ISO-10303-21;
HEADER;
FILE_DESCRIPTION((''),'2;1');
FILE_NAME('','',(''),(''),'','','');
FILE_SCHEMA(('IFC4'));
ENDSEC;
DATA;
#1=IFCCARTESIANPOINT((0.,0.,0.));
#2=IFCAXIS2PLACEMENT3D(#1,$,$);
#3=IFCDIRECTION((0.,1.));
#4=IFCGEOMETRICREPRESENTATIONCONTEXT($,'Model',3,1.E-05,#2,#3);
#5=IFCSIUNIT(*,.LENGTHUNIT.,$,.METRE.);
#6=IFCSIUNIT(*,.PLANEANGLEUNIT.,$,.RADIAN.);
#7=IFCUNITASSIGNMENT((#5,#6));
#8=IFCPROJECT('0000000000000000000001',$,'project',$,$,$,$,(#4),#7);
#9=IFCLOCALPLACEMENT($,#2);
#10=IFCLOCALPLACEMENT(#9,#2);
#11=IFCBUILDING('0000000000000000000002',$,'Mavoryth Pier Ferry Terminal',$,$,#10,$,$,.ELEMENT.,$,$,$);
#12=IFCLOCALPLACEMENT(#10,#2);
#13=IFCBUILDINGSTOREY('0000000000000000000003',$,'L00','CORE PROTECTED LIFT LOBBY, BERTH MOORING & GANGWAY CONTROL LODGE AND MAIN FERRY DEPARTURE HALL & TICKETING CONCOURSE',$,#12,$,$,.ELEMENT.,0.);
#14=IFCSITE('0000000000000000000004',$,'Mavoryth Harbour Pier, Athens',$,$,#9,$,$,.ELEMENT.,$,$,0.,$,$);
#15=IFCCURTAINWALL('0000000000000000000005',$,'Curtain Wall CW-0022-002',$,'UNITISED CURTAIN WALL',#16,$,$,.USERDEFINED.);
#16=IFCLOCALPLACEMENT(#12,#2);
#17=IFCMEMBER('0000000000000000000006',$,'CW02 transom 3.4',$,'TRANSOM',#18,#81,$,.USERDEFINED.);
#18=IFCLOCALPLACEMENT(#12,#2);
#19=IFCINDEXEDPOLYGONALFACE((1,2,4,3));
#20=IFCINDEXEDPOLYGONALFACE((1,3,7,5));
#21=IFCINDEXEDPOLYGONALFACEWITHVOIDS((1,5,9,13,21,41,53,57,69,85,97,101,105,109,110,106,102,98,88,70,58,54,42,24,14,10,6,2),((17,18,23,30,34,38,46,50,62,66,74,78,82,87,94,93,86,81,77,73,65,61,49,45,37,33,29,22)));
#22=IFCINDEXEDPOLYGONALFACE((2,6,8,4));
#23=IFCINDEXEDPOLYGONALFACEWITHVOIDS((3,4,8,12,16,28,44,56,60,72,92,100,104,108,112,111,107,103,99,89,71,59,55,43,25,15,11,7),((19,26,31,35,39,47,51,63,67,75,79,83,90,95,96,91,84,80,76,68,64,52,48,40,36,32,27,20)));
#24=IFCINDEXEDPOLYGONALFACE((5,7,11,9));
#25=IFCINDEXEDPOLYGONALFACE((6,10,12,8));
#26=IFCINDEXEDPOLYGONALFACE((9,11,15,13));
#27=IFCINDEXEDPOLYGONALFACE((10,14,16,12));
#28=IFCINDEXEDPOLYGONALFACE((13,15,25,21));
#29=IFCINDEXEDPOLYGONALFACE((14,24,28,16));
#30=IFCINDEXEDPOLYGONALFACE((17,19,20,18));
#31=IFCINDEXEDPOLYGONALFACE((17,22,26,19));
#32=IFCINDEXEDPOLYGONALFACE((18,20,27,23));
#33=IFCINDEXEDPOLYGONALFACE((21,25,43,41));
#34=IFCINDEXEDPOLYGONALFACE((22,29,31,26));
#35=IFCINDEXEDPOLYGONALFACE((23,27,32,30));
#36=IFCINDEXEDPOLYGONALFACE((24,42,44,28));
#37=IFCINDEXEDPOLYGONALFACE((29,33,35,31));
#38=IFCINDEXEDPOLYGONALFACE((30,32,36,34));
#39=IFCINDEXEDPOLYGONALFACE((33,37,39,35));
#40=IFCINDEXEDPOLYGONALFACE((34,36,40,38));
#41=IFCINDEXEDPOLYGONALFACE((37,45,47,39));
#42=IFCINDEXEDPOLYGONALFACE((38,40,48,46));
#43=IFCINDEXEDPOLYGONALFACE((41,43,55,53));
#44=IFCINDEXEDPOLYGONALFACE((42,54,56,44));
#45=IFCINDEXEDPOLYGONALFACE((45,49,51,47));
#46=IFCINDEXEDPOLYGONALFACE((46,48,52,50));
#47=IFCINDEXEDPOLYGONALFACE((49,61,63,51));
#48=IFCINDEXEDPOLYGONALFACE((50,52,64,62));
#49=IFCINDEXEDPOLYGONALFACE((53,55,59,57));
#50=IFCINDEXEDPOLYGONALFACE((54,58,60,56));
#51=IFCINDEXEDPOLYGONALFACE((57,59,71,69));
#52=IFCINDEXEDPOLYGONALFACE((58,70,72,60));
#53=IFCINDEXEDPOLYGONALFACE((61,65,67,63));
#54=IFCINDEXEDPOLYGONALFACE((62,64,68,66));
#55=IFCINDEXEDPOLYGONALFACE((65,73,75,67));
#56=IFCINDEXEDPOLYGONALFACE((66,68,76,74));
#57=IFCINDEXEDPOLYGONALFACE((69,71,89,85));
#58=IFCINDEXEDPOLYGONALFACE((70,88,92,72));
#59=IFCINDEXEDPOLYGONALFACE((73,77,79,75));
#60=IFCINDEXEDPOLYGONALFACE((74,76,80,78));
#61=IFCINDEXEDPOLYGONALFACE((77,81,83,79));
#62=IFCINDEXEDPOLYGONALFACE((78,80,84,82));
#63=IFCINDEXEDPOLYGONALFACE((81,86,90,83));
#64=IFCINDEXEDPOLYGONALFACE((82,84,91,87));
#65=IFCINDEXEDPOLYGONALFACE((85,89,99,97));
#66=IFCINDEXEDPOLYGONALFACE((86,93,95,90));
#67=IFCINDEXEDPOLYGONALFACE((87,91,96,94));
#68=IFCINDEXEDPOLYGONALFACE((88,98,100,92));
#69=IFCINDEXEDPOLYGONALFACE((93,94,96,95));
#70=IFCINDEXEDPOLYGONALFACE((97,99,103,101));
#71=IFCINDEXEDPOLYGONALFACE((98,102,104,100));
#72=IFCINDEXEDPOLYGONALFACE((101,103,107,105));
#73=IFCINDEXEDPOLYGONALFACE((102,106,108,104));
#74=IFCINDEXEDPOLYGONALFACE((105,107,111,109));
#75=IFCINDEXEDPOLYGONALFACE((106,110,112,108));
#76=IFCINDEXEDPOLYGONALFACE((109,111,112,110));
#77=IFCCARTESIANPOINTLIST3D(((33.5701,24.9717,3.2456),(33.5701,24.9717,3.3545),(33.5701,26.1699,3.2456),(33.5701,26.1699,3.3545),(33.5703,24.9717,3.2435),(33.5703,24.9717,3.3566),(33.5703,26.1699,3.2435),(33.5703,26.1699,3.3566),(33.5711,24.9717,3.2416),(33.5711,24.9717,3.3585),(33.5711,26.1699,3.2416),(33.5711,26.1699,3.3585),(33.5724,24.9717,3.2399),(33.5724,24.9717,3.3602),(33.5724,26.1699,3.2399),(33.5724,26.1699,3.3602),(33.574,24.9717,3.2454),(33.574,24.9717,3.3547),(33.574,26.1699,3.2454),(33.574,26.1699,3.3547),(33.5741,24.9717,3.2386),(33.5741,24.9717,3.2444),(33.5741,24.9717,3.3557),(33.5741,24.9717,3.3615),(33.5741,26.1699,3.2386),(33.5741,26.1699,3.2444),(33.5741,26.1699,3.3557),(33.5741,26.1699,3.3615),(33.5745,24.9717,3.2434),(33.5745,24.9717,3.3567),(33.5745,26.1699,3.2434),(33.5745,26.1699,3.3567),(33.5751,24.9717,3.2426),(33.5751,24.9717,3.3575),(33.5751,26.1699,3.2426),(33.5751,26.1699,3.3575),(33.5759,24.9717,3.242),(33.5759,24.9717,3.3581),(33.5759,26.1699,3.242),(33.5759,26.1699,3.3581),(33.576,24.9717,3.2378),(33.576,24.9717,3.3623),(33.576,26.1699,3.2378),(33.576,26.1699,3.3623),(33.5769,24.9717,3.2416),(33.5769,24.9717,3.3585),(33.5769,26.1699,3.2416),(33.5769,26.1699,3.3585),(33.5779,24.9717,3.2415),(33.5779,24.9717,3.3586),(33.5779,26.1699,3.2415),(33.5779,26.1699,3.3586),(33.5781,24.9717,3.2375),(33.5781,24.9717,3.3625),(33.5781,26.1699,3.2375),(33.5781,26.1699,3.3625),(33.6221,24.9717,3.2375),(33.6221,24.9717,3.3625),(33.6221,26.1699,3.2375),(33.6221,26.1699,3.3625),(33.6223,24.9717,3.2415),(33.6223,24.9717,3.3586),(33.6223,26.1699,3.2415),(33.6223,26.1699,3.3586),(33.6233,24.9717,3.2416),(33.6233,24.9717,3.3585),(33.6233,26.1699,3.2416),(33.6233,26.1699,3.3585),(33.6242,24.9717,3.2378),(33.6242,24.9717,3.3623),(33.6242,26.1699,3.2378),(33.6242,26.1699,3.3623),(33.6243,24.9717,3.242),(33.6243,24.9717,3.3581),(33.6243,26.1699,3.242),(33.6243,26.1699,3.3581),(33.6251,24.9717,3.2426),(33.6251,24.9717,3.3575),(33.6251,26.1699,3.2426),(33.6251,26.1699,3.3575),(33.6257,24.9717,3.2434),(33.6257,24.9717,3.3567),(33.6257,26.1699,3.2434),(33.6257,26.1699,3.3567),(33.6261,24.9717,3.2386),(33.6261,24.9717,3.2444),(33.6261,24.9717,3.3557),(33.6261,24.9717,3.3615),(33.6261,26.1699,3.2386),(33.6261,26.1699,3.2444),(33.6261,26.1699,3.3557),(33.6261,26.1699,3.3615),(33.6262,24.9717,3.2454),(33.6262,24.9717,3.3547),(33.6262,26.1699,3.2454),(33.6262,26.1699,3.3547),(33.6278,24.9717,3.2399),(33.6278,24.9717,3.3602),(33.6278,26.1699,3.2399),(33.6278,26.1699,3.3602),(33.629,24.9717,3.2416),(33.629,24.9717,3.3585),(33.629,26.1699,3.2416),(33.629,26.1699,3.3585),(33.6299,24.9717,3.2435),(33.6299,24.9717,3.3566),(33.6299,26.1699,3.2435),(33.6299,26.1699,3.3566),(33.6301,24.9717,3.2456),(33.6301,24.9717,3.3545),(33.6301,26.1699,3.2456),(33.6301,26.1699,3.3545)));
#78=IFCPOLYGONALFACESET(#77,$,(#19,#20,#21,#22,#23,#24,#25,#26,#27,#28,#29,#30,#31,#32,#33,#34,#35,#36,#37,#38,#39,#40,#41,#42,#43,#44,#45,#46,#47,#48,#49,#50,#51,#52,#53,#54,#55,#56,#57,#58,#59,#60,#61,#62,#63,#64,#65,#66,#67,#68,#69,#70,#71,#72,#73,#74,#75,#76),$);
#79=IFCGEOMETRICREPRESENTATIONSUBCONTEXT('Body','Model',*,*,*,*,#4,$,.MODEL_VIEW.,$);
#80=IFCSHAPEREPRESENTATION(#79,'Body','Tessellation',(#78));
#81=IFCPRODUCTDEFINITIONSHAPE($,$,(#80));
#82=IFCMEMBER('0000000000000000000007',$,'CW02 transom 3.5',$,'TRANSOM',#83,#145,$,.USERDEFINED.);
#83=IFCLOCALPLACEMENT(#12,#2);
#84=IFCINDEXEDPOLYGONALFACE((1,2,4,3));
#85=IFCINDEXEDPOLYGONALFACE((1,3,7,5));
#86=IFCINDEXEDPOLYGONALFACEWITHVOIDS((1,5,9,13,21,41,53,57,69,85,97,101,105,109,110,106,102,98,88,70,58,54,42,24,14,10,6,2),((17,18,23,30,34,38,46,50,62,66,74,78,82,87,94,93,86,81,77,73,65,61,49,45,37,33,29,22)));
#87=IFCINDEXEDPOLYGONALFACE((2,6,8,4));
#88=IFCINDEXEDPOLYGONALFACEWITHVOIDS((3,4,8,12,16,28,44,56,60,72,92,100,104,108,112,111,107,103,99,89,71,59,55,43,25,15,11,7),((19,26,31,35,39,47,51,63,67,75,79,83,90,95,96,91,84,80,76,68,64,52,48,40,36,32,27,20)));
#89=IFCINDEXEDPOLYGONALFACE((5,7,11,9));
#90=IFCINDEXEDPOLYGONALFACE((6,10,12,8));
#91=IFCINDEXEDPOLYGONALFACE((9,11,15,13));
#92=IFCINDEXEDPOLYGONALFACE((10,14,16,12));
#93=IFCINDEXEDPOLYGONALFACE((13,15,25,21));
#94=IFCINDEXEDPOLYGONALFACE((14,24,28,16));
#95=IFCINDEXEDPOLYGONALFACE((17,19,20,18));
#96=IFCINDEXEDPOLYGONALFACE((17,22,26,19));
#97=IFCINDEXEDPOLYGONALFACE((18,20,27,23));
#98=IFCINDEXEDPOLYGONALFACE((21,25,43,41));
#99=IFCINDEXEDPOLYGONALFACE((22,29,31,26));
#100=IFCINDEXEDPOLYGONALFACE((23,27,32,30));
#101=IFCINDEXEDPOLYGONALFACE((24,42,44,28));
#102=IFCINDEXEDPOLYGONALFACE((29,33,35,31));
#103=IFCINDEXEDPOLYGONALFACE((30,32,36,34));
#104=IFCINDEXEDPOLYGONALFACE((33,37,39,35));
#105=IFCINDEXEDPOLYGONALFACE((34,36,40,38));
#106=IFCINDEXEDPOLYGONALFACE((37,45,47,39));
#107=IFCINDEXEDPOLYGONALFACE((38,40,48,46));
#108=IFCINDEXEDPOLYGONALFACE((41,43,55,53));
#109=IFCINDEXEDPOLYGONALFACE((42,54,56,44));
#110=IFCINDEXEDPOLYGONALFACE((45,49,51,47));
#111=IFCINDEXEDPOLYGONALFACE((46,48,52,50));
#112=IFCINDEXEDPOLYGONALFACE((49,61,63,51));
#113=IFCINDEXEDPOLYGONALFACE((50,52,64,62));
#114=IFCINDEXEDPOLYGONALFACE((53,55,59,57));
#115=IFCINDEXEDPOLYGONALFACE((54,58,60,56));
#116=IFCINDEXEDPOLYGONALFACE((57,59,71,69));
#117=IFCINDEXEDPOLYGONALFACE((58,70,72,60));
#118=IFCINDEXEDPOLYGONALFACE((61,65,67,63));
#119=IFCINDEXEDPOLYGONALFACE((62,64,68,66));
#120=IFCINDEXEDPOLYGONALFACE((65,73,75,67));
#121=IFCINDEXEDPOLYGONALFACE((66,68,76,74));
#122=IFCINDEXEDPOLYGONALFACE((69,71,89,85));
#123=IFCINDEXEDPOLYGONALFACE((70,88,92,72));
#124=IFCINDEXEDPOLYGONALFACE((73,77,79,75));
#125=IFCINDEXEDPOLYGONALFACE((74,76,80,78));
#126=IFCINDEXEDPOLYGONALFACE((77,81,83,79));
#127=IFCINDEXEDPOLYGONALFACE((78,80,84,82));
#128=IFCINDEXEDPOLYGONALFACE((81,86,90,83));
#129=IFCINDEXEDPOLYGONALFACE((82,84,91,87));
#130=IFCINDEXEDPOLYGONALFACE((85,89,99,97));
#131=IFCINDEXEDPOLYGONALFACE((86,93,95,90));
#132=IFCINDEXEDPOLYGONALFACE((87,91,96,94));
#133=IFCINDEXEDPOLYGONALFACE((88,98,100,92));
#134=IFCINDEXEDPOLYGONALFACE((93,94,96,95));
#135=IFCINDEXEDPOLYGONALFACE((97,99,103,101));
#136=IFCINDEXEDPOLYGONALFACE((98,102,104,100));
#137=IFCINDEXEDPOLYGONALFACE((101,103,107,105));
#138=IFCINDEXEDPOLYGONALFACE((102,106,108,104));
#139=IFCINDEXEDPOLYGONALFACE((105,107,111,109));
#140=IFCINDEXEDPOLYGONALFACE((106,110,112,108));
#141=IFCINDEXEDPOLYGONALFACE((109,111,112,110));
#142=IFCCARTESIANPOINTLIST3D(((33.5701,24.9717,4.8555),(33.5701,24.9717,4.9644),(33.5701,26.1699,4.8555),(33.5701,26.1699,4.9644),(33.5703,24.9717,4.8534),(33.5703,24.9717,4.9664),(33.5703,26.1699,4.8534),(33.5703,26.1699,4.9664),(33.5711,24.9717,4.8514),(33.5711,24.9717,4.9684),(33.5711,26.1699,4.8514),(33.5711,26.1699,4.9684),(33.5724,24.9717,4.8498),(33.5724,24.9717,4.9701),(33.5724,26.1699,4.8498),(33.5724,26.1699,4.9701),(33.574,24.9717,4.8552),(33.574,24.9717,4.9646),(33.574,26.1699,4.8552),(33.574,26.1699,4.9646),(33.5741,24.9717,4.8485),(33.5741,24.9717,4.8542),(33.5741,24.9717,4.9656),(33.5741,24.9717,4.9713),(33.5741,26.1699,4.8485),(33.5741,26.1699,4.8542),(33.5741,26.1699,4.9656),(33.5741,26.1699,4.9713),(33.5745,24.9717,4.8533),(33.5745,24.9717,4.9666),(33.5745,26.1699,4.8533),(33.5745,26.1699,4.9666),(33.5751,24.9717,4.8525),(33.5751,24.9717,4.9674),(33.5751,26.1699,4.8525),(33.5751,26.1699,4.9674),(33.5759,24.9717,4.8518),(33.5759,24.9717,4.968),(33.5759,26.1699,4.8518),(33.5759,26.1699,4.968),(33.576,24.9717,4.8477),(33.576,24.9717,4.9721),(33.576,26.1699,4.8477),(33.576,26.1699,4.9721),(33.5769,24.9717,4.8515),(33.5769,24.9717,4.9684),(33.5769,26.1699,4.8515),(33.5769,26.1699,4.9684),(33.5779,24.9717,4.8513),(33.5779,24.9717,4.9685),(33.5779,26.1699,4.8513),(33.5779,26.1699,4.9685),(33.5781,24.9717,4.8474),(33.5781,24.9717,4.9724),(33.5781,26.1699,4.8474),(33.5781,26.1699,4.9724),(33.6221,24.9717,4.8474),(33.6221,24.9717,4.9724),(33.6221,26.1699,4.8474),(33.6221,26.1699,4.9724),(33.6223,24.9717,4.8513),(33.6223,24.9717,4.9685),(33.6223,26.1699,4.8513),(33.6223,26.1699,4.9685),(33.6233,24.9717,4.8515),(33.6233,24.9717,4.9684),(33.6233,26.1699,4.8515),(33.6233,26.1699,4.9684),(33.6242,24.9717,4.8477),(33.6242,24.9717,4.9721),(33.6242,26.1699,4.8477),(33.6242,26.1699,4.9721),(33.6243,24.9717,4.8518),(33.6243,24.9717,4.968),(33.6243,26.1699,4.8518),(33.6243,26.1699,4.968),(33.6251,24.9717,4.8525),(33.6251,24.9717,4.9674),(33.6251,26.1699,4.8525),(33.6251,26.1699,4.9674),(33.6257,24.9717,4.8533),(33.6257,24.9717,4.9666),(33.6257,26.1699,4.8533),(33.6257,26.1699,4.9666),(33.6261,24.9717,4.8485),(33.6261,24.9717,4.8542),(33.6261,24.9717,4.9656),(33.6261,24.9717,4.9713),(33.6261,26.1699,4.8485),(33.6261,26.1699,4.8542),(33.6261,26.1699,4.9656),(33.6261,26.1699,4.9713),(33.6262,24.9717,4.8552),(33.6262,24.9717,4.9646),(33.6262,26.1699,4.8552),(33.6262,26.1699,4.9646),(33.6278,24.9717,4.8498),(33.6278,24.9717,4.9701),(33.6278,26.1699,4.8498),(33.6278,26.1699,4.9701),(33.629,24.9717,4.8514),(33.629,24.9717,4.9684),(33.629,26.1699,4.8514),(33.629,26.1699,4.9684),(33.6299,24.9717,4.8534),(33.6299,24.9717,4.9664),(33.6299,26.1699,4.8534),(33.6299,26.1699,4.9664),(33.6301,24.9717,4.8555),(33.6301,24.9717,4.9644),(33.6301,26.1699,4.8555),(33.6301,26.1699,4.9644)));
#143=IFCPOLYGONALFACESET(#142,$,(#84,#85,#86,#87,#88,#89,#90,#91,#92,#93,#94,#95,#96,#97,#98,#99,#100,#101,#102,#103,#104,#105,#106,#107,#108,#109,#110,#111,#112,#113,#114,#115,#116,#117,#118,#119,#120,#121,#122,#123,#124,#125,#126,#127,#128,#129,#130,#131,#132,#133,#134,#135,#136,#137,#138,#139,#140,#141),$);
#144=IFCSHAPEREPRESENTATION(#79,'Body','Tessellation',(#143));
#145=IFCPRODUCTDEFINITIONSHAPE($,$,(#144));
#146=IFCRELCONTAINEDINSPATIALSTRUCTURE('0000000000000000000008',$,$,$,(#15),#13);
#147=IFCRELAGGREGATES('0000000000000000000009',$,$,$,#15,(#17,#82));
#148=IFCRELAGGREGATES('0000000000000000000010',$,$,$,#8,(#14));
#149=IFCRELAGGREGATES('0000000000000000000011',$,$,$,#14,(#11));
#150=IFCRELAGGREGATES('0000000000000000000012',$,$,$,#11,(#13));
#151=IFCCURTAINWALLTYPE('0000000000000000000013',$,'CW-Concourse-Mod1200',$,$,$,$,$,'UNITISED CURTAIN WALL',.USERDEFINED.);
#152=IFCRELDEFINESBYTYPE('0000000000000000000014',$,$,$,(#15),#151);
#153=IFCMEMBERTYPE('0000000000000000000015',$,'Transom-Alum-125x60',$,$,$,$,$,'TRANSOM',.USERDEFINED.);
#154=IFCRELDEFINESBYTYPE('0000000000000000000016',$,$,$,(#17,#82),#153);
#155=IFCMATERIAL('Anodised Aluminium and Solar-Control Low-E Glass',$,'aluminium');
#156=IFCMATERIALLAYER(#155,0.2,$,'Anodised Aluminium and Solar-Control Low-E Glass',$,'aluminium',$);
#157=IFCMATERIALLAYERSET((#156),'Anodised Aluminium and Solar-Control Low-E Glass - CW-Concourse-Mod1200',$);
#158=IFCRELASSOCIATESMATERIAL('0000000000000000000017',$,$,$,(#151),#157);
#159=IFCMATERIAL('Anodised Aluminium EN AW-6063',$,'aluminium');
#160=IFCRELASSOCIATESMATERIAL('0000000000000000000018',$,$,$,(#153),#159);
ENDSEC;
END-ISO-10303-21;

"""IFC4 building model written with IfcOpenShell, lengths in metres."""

from ifc_helpers import new_model, si_unit, direction, frame, origin, origin_2d, place, context, subcontext, project, spatial, hollow_rectangle, extrude, material, layer, layer_set, material_profile, profile_set, type_object, element, aggregate, save


model = new_model("IFC4")

# Units and contexts
model_context = context("Model", 3, precision=1e-05, world=origin(), true_north=direction((0.0, 1.0)))
body_context = subcontext(model_context, "Body", "Model", "MODEL_VIEW")
ifc_project = project(units=[si_unit("LENGTHUNIT", "METRE"), si_unit("PLANEANGLEUNIT", "RADIAN")], contexts=[model_context])

# Site, building, storey
site_placement = place(None, origin())
site = spatial("IfcSite", under=ifc_project, at=site_placement, Name="Mavoryth Harbour Pier, Athens", CompositionType="ELEMENT", RefElevation=0.0)
building_placement = place(site_placement, origin())
building = spatial("IfcBuilding", under=site, at=building_placement, Name="Mavoryth Pier Ferry Terminal", CompositionType="ELEMENT")
storey_placement = place(building_placement, origin())
storey = spatial("IfcBuildingStorey", under=building, at=storey_placement, Name="L00", Description="CORE PROTECTED LIFT LOBBY, BERTH MOORING & GANGWAY CONTROL LODGE AND MAIN FERRY DEPARTURE HALL & TICKETING CONCOURSE", CompositionType="ELEMENT", Elevation=0.0)

# Curtain wall, members
ifc_material_1 = material(Name="Anodised Aluminium and Solar-Control Low-E Glass", Category="aluminium")
ifc_layer_1 = layer(ifc_material_1, 0.2, Name="Anodised Aluminium and Solar-Control Low-E Glass", Category="aluminium")
ifc_layer_set_1 = layer_set([ifc_layer_1], Name="Anodised Aluminium and Solar-Control Low-E Glass - CW-Concourse-Mod1200")
curtain_wall_type = type_object("IfcCurtainWallType", Name="CW-Concourse-Mod1200", ElementType="UNITISED CURTAIN WALL", PredefinedType="USERDEFINED", material=ifc_layer_set_1)
curtain_wall_placement = place(storey_placement, origin())
curtain_wall = element("IfcCurtainWall", 1, at=curtain_wall_placement, inside=storey, type_object=curtain_wall_type, Name="Curtain Wall CW-0022-002", ObjectType="UNITISED CURTAIN WALL", PredefinedType="USERDEFINED")
ifc_material_2 = material(Name="Anodised Aluminium EN AW-6063", Category="aluminium")
ifc_material_profile_1 = material_profile(ifc_material_2, hollow_rectangle(XDim=0.0601, YDim=0.125, WallThickness=0.0039, InnerFilletRadius=0.0039, OuterFilletRadius=0.0081, at=origin_2d()), Name="AL-TRAN 125x60x4", Category="aluminium")
ifc_profile_set_1 = profile_set([ifc_material_profile_1], Name="Anodised Aluminium EN AW-6063 - AL-TRAN 125x60x4")
member_type_1 = type_object("IfcMemberType", Name="Transom-Alum-125x60", ElementType="TRANSOM", PredefinedType="USERDEFINED", material=ifc_profile_set_1)
member_1_placement = place(storey_placement, frame((33.6001, 24.9717, 3.3), z_axis=(0.0, 1.0, 0.0), x_axis=(-1.0, 0.0, 0.0)))
member_1 = element("IfcMember", 2, at=member_1_placement, type_object=member_type_1, Name="CW02 transom 3.4", ObjectType="TRANSOM", PredefinedType="USERDEFINED", context=body_context, shape_type="SweptSolid", body=[
    extrude(hollow_rectangle(XDim=0.0601, YDim=0.125, WallThickness=0.0039, InnerFilletRadius=0.0039, OuterFilletRadius=0.0081, at=origin_2d()), origin(), (0.0, 0.0, 1.0), 1.1982),
])
member_2_placement = place(storey_placement, frame((33.6001, 24.9717, 4.9099), z_axis=(0.0, 1.0, 0.0), x_axis=(-1.0, 0.0, 0.0)))
member_2 = element("IfcMember", 3, at=member_2_placement, type_object=member_type_1, Name="CW02 transom 3.5", ObjectType="TRANSOM", PredefinedType="USERDEFINED", context=body_context, shape_type="SweptSolid", body=[
    extrude(hollow_rectangle(XDim=0.0601, YDim=0.125, WallThickness=0.0039, InnerFilletRadius=0.0039, OuterFilletRadius=0.0081, at=origin_2d()), origin(), (0.0, 0.0, 1.0), 1.1982),
])
aggregate(curtain_wall, [member_1, member_2])

save(model, "model.ifc")
